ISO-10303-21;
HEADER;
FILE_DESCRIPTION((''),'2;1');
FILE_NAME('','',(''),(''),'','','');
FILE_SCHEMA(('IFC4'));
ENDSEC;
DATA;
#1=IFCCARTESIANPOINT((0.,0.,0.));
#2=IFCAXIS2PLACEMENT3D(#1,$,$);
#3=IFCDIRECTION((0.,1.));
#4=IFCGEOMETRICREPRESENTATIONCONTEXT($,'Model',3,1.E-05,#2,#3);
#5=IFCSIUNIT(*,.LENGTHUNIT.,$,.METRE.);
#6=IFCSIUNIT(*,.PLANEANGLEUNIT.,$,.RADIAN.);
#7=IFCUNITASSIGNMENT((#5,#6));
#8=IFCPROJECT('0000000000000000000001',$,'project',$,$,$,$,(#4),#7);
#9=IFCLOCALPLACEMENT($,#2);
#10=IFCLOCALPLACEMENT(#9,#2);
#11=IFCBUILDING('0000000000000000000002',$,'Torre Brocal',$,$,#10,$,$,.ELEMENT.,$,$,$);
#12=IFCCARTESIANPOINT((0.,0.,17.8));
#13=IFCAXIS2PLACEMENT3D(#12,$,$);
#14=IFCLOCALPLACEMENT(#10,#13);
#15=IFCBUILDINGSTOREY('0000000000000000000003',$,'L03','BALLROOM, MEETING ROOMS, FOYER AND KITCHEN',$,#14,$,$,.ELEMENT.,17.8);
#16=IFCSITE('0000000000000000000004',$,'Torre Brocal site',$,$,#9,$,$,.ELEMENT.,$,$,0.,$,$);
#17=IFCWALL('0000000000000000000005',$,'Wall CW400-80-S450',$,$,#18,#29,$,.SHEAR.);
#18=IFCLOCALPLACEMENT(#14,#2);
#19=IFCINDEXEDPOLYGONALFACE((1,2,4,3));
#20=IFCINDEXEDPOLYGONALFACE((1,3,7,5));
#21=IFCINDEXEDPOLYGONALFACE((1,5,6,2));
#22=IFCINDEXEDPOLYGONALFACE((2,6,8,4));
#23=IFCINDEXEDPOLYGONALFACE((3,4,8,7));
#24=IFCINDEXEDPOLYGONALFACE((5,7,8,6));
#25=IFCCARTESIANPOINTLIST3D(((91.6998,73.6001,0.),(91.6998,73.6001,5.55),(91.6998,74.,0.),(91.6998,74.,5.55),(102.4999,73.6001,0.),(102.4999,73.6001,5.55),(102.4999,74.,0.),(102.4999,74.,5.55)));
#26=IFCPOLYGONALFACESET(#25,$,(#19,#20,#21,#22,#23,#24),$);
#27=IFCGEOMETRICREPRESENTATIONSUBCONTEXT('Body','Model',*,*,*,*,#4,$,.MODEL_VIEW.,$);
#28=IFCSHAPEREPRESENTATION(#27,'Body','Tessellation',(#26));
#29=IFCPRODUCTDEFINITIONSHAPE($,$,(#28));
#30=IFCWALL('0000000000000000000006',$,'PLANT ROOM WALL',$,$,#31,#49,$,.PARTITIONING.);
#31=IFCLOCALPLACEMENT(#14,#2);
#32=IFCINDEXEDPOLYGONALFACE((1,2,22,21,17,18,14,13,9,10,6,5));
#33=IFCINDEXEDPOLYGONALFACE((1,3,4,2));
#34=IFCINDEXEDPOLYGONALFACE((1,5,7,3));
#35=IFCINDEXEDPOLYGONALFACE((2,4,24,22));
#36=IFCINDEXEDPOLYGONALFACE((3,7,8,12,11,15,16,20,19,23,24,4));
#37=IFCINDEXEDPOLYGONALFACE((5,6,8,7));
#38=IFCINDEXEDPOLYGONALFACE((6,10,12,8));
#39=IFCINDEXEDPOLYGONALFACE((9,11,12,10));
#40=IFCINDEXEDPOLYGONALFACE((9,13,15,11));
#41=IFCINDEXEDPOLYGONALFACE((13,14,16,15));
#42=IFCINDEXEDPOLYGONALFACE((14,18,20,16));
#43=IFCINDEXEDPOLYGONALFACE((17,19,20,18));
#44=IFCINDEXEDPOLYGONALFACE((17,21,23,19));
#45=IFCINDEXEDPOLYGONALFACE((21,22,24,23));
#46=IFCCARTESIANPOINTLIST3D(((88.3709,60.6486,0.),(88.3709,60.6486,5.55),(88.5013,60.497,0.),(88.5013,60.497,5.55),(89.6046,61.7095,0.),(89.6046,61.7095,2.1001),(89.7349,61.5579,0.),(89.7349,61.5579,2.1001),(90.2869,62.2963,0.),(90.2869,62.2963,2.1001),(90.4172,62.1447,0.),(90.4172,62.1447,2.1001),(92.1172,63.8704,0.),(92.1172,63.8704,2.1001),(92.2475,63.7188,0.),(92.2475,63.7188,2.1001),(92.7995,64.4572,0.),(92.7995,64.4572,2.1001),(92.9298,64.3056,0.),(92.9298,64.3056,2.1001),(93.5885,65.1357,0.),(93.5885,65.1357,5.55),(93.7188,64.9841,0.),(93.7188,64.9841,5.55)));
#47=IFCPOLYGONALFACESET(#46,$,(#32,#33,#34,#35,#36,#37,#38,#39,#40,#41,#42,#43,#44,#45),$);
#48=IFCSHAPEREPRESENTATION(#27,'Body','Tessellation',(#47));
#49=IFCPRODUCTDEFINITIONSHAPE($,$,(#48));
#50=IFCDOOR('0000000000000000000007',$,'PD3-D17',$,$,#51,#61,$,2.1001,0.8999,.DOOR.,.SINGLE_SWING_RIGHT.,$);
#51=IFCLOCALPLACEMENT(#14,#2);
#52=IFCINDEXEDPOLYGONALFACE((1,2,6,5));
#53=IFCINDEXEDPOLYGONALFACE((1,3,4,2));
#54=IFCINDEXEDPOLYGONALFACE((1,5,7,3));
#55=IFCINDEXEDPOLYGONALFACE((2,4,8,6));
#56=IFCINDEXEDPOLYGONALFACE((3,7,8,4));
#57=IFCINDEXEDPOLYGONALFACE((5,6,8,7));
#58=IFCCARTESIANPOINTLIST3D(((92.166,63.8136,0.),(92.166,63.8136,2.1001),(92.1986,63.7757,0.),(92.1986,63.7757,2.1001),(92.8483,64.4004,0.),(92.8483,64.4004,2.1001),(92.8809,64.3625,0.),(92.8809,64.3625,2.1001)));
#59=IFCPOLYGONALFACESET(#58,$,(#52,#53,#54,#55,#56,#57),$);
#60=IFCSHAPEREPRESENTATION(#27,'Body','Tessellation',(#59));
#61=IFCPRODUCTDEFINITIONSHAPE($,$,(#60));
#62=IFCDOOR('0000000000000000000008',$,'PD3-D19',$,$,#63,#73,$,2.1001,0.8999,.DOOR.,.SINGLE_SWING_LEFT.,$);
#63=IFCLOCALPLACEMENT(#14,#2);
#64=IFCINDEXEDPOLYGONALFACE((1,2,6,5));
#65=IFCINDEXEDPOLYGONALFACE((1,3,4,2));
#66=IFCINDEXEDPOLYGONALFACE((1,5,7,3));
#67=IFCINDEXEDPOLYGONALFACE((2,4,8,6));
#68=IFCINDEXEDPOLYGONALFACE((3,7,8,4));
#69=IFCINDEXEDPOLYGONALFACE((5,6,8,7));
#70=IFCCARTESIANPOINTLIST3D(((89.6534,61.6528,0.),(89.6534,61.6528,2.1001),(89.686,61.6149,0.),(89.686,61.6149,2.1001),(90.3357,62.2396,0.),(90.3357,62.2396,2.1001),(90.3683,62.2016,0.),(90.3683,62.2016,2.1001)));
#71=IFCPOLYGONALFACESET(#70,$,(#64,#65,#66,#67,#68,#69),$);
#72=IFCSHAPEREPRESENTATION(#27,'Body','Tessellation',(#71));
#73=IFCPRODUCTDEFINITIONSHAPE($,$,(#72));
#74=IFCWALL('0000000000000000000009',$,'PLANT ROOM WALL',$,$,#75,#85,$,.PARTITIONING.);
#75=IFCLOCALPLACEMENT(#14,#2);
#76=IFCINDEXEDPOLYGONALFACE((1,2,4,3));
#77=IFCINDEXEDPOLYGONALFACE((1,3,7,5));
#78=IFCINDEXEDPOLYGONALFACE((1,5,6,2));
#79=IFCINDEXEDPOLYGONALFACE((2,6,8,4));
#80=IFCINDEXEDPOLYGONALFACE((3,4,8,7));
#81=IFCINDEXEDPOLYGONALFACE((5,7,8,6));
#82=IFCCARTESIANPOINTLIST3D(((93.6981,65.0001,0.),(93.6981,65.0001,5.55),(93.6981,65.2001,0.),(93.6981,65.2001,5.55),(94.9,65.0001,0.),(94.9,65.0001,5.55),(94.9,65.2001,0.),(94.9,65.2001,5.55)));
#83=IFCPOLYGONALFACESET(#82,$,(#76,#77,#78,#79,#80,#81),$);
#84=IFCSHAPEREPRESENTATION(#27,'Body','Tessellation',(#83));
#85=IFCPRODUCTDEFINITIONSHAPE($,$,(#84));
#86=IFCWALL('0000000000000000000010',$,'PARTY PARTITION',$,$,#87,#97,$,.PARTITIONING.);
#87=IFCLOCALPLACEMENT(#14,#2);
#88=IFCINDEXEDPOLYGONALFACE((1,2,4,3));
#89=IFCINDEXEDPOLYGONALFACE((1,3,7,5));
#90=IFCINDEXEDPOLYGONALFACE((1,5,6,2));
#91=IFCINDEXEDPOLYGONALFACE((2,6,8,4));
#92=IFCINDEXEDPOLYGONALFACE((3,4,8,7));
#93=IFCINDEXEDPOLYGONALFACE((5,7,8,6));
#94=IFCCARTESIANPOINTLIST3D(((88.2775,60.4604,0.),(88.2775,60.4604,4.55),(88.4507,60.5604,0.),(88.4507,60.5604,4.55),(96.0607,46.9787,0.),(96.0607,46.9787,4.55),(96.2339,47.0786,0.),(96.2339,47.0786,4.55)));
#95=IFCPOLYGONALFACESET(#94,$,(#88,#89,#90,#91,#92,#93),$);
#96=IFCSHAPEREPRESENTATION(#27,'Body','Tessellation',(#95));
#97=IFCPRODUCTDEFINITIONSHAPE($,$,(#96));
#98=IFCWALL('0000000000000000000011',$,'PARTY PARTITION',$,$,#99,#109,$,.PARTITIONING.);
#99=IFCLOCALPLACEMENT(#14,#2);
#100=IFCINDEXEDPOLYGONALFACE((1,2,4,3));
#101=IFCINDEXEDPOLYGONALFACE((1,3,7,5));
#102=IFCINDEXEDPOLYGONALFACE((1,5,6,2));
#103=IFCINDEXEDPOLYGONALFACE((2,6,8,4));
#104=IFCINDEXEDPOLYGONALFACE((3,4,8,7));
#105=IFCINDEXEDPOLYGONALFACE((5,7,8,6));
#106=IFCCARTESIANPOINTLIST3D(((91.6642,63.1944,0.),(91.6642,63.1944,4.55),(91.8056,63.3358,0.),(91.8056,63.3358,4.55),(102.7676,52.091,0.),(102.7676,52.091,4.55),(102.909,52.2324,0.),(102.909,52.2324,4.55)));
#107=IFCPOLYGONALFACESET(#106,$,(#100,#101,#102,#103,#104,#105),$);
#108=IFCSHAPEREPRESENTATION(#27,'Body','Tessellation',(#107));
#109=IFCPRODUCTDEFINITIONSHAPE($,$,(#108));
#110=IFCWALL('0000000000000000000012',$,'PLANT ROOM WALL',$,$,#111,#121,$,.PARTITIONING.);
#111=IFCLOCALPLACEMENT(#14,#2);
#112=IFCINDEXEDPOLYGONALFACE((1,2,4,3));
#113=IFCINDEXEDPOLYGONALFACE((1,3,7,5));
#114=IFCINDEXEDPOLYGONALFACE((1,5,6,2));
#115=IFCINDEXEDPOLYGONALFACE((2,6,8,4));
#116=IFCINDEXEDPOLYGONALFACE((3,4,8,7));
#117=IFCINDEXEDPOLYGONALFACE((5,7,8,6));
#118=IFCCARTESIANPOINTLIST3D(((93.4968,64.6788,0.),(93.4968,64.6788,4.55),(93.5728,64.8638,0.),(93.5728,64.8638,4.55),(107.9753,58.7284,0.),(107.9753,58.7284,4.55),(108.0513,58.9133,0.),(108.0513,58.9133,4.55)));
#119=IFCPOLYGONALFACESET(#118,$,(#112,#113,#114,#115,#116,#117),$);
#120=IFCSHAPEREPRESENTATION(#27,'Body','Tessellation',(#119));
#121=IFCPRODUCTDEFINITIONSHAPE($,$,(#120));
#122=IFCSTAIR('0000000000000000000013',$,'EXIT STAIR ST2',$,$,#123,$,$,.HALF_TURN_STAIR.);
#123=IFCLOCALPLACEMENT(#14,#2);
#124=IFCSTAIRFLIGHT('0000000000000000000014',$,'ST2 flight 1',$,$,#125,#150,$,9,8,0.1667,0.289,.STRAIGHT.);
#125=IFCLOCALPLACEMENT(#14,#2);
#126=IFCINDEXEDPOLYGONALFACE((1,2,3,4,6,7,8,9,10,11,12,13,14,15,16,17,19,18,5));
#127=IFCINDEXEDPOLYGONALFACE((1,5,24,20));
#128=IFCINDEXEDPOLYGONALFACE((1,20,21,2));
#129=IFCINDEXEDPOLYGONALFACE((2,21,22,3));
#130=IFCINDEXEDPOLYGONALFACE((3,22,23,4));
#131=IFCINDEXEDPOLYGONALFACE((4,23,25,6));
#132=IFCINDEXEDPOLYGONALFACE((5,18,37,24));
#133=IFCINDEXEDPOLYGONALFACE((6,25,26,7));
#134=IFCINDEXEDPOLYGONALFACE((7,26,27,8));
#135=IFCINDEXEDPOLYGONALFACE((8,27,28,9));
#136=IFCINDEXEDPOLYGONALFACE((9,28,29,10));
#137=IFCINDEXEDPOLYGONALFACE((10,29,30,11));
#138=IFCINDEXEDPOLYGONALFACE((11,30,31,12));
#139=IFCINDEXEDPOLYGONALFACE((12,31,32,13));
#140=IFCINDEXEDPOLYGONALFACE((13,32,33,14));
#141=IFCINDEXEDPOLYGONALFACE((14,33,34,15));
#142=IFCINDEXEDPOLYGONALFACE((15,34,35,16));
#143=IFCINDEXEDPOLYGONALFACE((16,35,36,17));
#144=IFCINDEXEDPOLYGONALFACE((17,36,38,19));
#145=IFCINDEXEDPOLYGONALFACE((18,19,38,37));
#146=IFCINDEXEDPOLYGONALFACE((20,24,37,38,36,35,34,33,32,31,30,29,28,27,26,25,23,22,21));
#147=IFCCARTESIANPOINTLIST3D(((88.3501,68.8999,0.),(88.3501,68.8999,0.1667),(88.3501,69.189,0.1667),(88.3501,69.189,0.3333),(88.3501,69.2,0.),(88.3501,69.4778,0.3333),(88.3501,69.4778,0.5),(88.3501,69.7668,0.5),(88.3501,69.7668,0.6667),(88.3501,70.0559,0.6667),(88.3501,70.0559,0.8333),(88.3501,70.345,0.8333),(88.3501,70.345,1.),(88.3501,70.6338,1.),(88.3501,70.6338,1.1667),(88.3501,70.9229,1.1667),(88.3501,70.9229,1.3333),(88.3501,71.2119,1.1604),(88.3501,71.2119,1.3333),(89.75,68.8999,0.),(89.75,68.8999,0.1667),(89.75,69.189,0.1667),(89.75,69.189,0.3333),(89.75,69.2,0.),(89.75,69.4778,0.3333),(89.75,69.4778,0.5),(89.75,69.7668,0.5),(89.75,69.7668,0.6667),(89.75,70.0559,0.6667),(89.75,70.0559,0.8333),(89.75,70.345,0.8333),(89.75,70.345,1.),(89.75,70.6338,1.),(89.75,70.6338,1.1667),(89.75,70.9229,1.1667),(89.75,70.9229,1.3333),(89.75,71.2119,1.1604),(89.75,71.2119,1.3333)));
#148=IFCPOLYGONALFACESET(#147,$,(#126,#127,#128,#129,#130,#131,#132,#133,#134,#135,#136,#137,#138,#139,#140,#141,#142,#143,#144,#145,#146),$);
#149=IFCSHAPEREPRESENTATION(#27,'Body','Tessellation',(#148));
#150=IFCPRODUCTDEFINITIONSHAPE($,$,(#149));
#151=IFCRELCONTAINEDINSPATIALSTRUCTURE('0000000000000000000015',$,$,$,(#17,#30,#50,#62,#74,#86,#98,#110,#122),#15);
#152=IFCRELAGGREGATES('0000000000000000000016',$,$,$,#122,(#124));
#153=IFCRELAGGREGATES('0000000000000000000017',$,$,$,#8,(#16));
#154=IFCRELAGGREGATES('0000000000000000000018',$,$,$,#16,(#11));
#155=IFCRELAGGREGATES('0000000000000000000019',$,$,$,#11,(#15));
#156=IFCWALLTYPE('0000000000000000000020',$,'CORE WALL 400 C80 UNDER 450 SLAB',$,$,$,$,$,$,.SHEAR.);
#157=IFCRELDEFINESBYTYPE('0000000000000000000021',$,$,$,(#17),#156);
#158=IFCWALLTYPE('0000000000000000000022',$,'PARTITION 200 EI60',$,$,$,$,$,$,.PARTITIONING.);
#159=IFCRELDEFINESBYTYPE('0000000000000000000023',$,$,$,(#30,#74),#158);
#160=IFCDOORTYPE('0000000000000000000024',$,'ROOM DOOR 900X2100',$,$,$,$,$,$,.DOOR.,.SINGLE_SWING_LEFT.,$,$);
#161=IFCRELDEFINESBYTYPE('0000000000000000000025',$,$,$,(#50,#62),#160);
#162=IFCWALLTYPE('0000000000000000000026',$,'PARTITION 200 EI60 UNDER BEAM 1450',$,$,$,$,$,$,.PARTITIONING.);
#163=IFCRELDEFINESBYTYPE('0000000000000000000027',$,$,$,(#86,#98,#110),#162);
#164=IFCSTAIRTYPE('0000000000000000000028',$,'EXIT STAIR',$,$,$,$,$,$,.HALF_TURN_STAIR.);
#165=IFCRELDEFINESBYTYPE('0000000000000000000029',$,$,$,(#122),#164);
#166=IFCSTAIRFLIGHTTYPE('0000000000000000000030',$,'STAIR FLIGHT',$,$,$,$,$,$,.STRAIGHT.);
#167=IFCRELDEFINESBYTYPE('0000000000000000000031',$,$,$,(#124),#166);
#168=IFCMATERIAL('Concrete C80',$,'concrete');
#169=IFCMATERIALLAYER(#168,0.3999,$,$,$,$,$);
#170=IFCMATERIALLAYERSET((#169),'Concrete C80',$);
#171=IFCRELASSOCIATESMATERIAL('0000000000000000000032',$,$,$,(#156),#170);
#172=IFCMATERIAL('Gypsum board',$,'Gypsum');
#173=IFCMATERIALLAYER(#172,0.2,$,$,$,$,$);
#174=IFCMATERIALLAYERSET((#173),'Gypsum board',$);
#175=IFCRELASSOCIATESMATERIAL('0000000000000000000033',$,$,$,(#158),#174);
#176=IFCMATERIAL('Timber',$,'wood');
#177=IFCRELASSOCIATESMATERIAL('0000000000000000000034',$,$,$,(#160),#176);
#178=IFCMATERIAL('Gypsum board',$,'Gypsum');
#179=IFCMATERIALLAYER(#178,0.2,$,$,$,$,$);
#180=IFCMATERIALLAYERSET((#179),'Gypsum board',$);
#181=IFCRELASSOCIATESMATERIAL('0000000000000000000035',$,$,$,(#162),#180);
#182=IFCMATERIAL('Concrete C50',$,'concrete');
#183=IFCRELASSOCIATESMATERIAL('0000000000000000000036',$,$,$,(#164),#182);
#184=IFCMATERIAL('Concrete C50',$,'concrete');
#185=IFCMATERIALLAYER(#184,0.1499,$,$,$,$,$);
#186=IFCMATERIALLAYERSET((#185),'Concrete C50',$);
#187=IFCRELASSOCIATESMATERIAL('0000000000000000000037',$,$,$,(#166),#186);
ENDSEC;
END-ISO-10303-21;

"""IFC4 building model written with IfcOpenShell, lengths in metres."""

from ifc_helpers import new_model, si_unit, direction, frame, frame_2d, origin, place, context, subcontext, project, spatial, polyline, rectangle, outline, extrude, material, layer, layer_set, type_object, element, fill, aggregate, save


model = new_model("IFC4")

# Units and contexts
model_context = context("Model", 3, precision=1e-05, world=origin(), true_north=direction((0.0, 1.0)))
body_context = subcontext(model_context, "Body", "Model", "MODEL_VIEW")
ifc_project = project(units=[si_unit("LENGTHUNIT", "METRE"), si_unit("PLANEANGLEUNIT", "RADIAN")], contexts=[model_context])

# Site, building, storey
site_placement = place(None, origin())
site = spatial("IfcSite", under=ifc_project, at=site_placement, Name="Torre Brocal site", CompositionType="ELEMENT", RefElevation=0.0)
building_placement = place(site_placement, origin())
building = spatial("IfcBuilding", under=site, at=building_placement, Name="Torre Brocal", CompositionType="ELEMENT")
storey_placement = place(building_placement, frame((0.0, 0.0, 17.8)))
storey = spatial("IfcBuildingStorey", under=building, at=storey_placement, Name="L03", Description="BALLROOM, MEETING ROOMS, FOYER AND KITCHEN", CompositionType="ELEMENT", Elevation=17.8)

# Wall
ifc_material_1 = material(Name="Concrete C80", Category="concrete")
ifc_layer_1 = layer(ifc_material_1, 0.3999)
ifc_layer_set_1 = layer_set([ifc_layer_1], Name="Concrete C80")
wall_type_1 = type_object("IfcWallType", Name="CORE WALL 400 C80 UNDER 450 SLAB", PredefinedType="SHEAR", material=ifc_layer_set_1)
wall_1_placement = place(storey_placement, frame((91.7, 73.8, 0.0), z_axis=(0.0, 0.0, 1.0), x_axis=(1.0, 0.0, 0.0)))
element("IfcWall", 1, at=wall_1_placement, inside=storey, type_object=wall_type_1, Name="Wall CW400-80-S450", PredefinedType="SHEAR", context=body_context, shape_type="SweptSolid", body=[
    extrude(rectangle(XDim=10.8, YDim=0.3999, at=frame_2d((5.3999, 0.0))), origin(), (0.0, 0.0, 1.0), 5.55),
])

# Wall, openings, doors
ifc_material_2 = material(Name="Gypsum board", Category="Gypsum")
ifc_layer_2 = layer(ifc_material_2, 0.2)
ifc_layer_set_2 = layer_set([ifc_layer_2], Name="Gypsum board")
wall_type_2 = type_object("IfcWallType", Name="PARTITION 200 EI60", PredefinedType="PARTITIONING", material=ifc_layer_set_2)
wall_2_placement = place(storey_placement, frame((88.436, 60.5728, 0.0), z_axis=(0.0, 0.0, 1.0), x_axis=(0.758186, 0.652038, 0.0)))
wall_2 = element("IfcWall", 2, at=wall_2_placement, inside=storey, type_object=wall_type_2, Name="PLANT ROOM WALL", PredefinedType="PARTITIONING", context=body_context, shape_type="SweptSolid", body=[
    extrude(rectangle(XDim=6.8816, YDim=0.2, at=frame_2d((3.4409, 0.0))), origin(), (0.0, 0.0, 1.0), 5.55),
])
opening_1_placement = place(wall_2_placement, frame((4.9412, 0.0, 0.0)))
opening_1 = element("IfcOpeningElement", 3, at=opening_1_placement, cuts=wall_2, PredefinedType="OPENING", context=body_context, shape_type="SweptSolid", body=[
    extrude(rectangle(XDim=0.8999, YDim=2.1001, at=frame_2d((0.45, 1.05))), frame((0.0, 0.1099, 0.0), z_axis=(0.0, -1.0, 0.0), x_axis=(1.0, 0.0, 0.0)), (0.0, 0.0, 1.0), 0.22),
])
opening_2_placement = place(wall_2_placement, frame((1.6272, 0.0, 0.0)))
opening_2 = element("IfcOpeningElement", 4, at=opening_2_placement, cuts=wall_2, PredefinedType="OPENING", context=body_context, shape_type="SweptSolid", body=[
    extrude(rectangle(XDim=0.8999, YDim=2.1001, at=frame_2d((0.45, 1.05))), frame((0.0, 0.1099, 0.0), z_axis=(0.0, -1.0, 0.0), x_axis=(1.0, 0.0, 0.0)), (0.0, 0.0, 1.0), 0.22),
])
ifc_material_3 = material(Name="Timber", Category="wood")
door_type_1 = type_object("IfcDoorType", Name="ROOM DOOR 900X2100", OperationType="SINGLE_SWING_LEFT", PredefinedType="DOOR", material=ifc_material_3)
door_1_placement = place(opening_1_placement, frame((0.8999, 0.0, 0.0), z_axis=(0.0, 0.0, 1.0), x_axis=(-1.0, 0.0, 0.0)))
door_1 = element("IfcDoor", 5, at=door_1_placement, inside=storey, type_object=door_type_1, Name="PD3-D17", OperationType="SINGLE_SWING_RIGHT", OverallHeight=2.1001, OverallWidth=0.8999, PredefinedType="DOOR", context=body_context, shape_type="SweptSolid", body=[
    extrude(rectangle(XDim=0.8999, YDim=2.1001, at=frame_2d((0.45, 1.05))), frame((0.0, 0.0249, 0.0), z_axis=(0.0, -1.0, 0.0), x_axis=(1.0, 0.0, 0.0)), (0.0, 0.0, 1.0), 0.05),
])
fill(opening_1, door_1)
door_2_placement = place(opening_2_placement, frame((0.8999, 0.0, 0.0), z_axis=(0.0, 0.0, 1.0), x_axis=(-1.0, 0.0, 0.0)))
door_2 = element("IfcDoor", 6, at=door_2_placement, inside=storey, type_object=door_type_1, Name="PD3-D19", OperationType="SINGLE_SWING_LEFT", OverallHeight=2.1001, OverallWidth=0.8999, PredefinedType="DOOR", context=body_context, shape_type="SweptSolid", body=[
    extrude(rectangle(XDim=0.8999, YDim=2.1001, at=frame_2d((0.45, 1.05))), frame((0.0, 0.0249, 0.0), z_axis=(0.0, -1.0, 0.0), x_axis=(1.0, 0.0, 0.0)), (0.0, 0.0, 1.0), 0.05),
])
fill(opening_2, door_2)

# Walls
wall_3_placement = place(storey_placement, frame((93.698, 65.1001, 0.0), z_axis=(0.0, 0.0, 1.0), x_axis=(1.0, 0.0, 0.0)))
element("IfcWall", 7, at=wall_3_placement, inside=storey, type_object=wall_type_2, Name="PLANT ROOM WALL", PredefinedType="PARTITIONING", context=body_context, shape_type="SweptSolid", body=[
    extrude(rectangle(XDim=1.2019, YDim=0.2, at=frame_2d((0.6011, 0.0))), origin(), (0.0, 0.0, 1.0), 5.55),
])
ifc_material_4 = material(Name="Gypsum board", Category="Gypsum")
ifc_layer_3 = layer(ifc_material_4, 0.2)
ifc_layer_set_3 = layer_set([ifc_layer_3], Name="Gypsum board")
wall_type_3 = type_object("IfcWallType", Name="PARTITION 200 EI60 UNDER BEAM 1450", PredefinedType="PARTITIONING", material=ifc_layer_set_3)
wall_4_placement = place(storey_placement, frame((88.364, 60.5105, 0.0), z_axis=(0.0, 0.0, 1.0), x_axis=(0.499978, -0.866038, 0.0)))
element("IfcWall", 8, at=wall_4_placement, inside=storey, type_object=wall_type_3, Name="PARTY PARTITION", PredefinedType="PARTITIONING", context=body_context, shape_type="SweptSolid", body=[
    extrude(rectangle(XDim=15.5671, YDim=0.2, at=frame_2d((7.7837, 0.0))), origin(), (0.0, 0.0, 1.0), 4.55),
])
wall_5_placement = place(storey_placement, frame((91.7349, 63.2651, 0.0), z_axis=(0.0, 0.0, 1.0), x_axis=(0.707107, -0.707107, 0.0)))
element("IfcWall", 9, at=wall_5_placement, inside=storey, type_object=wall_type_3, Name="PARTY PARTITION", PredefinedType="PARTITIONING", context=body_context, shape_type="SweptSolid", body=[
    extrude(rectangle(XDim=15.7026, YDim=0.2, at=frame_2d((7.8513, 0.0))), origin(), (0.0, 0.0, 1.0), 4.55),
])
wall_6_placement = place(storey_placement, frame((93.5349, 64.7712, 0.0), z_axis=(0.0, 0.0, 1.0), x_axis=(0.924932, -0.380132, 0.0)))
element("IfcWall", 10, at=wall_6_placement, inside=storey, type_object=wall_type_3, Name="PLANT ROOM WALL", PredefinedType="PARTITIONING", context=body_context, shape_type="SweptSolid", body=[
    extrude(rectangle(XDim=15.6536, YDim=0.2, at=frame_2d((7.8267, 0.0))), origin(), (0.0, 0.0, 1.0), 4.55),
])

# Stair, stair flight
ifc_material_5 = material(Name="Concrete C50", Category="concrete")
stair_type = type_object("IfcStairType", Name="EXIT STAIR", PredefinedType="HALF_TURN_STAIR", material=ifc_material_5)
stair_placement = place(storey_placement, origin())
stair = element("IfcStair", 11, at=stair_placement, inside=storey, type_object=stair_type, Name="EXIT STAIR ST2", PredefinedType="HALF_TURN_STAIR")
ifc_material_6 = material(Name="Concrete C50", Category="concrete")
ifc_layer_4 = layer(ifc_material_6, 0.1499)
ifc_layer_set_4 = layer_set([ifc_layer_4], Name="Concrete C50")
stair_flight_type = type_object("IfcStairFlightType", Name="STAIR FLIGHT", PredefinedType="STRAIGHT", material=ifc_layer_set_4)
stair_flight_1_placement = place(storey_placement, frame((89.05, 68.8999, 0.0), z_axis=(0.0, 0.0, 1.0), x_axis=(0.0, 1.0, 0.0)))
stair_flight_1 = element("IfcStairFlight", 12, at=stair_flight_1_placement, type_object=stair_flight_type, Name="ST2 flight 1", NumberOfRisers=9, NumberOfTreads=8, PredefinedType="STRAIGHT", RiserHeight=0.1667, TreadLength=0.289, context=body_context, shape_type="SweptSolid", body=[
    extrude(outline(polyline([(0.0, 0.0), (0.0, 0.1667), (0.2891, 0.1667), (0.2891, 0.3333), (0.5779, 0.3333), (0.5779, 0.5), (0.8669, 0.5), (0.8669, 0.6667), (1.156, 0.6667), (1.156, 0.8333), (1.4451, 0.8333), (1.4451, 1.0), (1.7339, 1.0), (1.7339, 1.1667), (2.0229, 1.1667), (2.0229, 1.3333), (2.312, 1.3333), (2.312, 1.5), (2.312, 1.1604), (0.3, 0.0), (0.0, 0.0)])), frame((0.0, 0.7, 0.0), z_axis=(0.0, -1.0, 0.0), x_axis=(1.0, 0.0, 0.0)), (0.0, 0.0, 1.0), 1.3999),
])
aggregate(stair, [stair_flight_1])

save(model, "model.ifc")
